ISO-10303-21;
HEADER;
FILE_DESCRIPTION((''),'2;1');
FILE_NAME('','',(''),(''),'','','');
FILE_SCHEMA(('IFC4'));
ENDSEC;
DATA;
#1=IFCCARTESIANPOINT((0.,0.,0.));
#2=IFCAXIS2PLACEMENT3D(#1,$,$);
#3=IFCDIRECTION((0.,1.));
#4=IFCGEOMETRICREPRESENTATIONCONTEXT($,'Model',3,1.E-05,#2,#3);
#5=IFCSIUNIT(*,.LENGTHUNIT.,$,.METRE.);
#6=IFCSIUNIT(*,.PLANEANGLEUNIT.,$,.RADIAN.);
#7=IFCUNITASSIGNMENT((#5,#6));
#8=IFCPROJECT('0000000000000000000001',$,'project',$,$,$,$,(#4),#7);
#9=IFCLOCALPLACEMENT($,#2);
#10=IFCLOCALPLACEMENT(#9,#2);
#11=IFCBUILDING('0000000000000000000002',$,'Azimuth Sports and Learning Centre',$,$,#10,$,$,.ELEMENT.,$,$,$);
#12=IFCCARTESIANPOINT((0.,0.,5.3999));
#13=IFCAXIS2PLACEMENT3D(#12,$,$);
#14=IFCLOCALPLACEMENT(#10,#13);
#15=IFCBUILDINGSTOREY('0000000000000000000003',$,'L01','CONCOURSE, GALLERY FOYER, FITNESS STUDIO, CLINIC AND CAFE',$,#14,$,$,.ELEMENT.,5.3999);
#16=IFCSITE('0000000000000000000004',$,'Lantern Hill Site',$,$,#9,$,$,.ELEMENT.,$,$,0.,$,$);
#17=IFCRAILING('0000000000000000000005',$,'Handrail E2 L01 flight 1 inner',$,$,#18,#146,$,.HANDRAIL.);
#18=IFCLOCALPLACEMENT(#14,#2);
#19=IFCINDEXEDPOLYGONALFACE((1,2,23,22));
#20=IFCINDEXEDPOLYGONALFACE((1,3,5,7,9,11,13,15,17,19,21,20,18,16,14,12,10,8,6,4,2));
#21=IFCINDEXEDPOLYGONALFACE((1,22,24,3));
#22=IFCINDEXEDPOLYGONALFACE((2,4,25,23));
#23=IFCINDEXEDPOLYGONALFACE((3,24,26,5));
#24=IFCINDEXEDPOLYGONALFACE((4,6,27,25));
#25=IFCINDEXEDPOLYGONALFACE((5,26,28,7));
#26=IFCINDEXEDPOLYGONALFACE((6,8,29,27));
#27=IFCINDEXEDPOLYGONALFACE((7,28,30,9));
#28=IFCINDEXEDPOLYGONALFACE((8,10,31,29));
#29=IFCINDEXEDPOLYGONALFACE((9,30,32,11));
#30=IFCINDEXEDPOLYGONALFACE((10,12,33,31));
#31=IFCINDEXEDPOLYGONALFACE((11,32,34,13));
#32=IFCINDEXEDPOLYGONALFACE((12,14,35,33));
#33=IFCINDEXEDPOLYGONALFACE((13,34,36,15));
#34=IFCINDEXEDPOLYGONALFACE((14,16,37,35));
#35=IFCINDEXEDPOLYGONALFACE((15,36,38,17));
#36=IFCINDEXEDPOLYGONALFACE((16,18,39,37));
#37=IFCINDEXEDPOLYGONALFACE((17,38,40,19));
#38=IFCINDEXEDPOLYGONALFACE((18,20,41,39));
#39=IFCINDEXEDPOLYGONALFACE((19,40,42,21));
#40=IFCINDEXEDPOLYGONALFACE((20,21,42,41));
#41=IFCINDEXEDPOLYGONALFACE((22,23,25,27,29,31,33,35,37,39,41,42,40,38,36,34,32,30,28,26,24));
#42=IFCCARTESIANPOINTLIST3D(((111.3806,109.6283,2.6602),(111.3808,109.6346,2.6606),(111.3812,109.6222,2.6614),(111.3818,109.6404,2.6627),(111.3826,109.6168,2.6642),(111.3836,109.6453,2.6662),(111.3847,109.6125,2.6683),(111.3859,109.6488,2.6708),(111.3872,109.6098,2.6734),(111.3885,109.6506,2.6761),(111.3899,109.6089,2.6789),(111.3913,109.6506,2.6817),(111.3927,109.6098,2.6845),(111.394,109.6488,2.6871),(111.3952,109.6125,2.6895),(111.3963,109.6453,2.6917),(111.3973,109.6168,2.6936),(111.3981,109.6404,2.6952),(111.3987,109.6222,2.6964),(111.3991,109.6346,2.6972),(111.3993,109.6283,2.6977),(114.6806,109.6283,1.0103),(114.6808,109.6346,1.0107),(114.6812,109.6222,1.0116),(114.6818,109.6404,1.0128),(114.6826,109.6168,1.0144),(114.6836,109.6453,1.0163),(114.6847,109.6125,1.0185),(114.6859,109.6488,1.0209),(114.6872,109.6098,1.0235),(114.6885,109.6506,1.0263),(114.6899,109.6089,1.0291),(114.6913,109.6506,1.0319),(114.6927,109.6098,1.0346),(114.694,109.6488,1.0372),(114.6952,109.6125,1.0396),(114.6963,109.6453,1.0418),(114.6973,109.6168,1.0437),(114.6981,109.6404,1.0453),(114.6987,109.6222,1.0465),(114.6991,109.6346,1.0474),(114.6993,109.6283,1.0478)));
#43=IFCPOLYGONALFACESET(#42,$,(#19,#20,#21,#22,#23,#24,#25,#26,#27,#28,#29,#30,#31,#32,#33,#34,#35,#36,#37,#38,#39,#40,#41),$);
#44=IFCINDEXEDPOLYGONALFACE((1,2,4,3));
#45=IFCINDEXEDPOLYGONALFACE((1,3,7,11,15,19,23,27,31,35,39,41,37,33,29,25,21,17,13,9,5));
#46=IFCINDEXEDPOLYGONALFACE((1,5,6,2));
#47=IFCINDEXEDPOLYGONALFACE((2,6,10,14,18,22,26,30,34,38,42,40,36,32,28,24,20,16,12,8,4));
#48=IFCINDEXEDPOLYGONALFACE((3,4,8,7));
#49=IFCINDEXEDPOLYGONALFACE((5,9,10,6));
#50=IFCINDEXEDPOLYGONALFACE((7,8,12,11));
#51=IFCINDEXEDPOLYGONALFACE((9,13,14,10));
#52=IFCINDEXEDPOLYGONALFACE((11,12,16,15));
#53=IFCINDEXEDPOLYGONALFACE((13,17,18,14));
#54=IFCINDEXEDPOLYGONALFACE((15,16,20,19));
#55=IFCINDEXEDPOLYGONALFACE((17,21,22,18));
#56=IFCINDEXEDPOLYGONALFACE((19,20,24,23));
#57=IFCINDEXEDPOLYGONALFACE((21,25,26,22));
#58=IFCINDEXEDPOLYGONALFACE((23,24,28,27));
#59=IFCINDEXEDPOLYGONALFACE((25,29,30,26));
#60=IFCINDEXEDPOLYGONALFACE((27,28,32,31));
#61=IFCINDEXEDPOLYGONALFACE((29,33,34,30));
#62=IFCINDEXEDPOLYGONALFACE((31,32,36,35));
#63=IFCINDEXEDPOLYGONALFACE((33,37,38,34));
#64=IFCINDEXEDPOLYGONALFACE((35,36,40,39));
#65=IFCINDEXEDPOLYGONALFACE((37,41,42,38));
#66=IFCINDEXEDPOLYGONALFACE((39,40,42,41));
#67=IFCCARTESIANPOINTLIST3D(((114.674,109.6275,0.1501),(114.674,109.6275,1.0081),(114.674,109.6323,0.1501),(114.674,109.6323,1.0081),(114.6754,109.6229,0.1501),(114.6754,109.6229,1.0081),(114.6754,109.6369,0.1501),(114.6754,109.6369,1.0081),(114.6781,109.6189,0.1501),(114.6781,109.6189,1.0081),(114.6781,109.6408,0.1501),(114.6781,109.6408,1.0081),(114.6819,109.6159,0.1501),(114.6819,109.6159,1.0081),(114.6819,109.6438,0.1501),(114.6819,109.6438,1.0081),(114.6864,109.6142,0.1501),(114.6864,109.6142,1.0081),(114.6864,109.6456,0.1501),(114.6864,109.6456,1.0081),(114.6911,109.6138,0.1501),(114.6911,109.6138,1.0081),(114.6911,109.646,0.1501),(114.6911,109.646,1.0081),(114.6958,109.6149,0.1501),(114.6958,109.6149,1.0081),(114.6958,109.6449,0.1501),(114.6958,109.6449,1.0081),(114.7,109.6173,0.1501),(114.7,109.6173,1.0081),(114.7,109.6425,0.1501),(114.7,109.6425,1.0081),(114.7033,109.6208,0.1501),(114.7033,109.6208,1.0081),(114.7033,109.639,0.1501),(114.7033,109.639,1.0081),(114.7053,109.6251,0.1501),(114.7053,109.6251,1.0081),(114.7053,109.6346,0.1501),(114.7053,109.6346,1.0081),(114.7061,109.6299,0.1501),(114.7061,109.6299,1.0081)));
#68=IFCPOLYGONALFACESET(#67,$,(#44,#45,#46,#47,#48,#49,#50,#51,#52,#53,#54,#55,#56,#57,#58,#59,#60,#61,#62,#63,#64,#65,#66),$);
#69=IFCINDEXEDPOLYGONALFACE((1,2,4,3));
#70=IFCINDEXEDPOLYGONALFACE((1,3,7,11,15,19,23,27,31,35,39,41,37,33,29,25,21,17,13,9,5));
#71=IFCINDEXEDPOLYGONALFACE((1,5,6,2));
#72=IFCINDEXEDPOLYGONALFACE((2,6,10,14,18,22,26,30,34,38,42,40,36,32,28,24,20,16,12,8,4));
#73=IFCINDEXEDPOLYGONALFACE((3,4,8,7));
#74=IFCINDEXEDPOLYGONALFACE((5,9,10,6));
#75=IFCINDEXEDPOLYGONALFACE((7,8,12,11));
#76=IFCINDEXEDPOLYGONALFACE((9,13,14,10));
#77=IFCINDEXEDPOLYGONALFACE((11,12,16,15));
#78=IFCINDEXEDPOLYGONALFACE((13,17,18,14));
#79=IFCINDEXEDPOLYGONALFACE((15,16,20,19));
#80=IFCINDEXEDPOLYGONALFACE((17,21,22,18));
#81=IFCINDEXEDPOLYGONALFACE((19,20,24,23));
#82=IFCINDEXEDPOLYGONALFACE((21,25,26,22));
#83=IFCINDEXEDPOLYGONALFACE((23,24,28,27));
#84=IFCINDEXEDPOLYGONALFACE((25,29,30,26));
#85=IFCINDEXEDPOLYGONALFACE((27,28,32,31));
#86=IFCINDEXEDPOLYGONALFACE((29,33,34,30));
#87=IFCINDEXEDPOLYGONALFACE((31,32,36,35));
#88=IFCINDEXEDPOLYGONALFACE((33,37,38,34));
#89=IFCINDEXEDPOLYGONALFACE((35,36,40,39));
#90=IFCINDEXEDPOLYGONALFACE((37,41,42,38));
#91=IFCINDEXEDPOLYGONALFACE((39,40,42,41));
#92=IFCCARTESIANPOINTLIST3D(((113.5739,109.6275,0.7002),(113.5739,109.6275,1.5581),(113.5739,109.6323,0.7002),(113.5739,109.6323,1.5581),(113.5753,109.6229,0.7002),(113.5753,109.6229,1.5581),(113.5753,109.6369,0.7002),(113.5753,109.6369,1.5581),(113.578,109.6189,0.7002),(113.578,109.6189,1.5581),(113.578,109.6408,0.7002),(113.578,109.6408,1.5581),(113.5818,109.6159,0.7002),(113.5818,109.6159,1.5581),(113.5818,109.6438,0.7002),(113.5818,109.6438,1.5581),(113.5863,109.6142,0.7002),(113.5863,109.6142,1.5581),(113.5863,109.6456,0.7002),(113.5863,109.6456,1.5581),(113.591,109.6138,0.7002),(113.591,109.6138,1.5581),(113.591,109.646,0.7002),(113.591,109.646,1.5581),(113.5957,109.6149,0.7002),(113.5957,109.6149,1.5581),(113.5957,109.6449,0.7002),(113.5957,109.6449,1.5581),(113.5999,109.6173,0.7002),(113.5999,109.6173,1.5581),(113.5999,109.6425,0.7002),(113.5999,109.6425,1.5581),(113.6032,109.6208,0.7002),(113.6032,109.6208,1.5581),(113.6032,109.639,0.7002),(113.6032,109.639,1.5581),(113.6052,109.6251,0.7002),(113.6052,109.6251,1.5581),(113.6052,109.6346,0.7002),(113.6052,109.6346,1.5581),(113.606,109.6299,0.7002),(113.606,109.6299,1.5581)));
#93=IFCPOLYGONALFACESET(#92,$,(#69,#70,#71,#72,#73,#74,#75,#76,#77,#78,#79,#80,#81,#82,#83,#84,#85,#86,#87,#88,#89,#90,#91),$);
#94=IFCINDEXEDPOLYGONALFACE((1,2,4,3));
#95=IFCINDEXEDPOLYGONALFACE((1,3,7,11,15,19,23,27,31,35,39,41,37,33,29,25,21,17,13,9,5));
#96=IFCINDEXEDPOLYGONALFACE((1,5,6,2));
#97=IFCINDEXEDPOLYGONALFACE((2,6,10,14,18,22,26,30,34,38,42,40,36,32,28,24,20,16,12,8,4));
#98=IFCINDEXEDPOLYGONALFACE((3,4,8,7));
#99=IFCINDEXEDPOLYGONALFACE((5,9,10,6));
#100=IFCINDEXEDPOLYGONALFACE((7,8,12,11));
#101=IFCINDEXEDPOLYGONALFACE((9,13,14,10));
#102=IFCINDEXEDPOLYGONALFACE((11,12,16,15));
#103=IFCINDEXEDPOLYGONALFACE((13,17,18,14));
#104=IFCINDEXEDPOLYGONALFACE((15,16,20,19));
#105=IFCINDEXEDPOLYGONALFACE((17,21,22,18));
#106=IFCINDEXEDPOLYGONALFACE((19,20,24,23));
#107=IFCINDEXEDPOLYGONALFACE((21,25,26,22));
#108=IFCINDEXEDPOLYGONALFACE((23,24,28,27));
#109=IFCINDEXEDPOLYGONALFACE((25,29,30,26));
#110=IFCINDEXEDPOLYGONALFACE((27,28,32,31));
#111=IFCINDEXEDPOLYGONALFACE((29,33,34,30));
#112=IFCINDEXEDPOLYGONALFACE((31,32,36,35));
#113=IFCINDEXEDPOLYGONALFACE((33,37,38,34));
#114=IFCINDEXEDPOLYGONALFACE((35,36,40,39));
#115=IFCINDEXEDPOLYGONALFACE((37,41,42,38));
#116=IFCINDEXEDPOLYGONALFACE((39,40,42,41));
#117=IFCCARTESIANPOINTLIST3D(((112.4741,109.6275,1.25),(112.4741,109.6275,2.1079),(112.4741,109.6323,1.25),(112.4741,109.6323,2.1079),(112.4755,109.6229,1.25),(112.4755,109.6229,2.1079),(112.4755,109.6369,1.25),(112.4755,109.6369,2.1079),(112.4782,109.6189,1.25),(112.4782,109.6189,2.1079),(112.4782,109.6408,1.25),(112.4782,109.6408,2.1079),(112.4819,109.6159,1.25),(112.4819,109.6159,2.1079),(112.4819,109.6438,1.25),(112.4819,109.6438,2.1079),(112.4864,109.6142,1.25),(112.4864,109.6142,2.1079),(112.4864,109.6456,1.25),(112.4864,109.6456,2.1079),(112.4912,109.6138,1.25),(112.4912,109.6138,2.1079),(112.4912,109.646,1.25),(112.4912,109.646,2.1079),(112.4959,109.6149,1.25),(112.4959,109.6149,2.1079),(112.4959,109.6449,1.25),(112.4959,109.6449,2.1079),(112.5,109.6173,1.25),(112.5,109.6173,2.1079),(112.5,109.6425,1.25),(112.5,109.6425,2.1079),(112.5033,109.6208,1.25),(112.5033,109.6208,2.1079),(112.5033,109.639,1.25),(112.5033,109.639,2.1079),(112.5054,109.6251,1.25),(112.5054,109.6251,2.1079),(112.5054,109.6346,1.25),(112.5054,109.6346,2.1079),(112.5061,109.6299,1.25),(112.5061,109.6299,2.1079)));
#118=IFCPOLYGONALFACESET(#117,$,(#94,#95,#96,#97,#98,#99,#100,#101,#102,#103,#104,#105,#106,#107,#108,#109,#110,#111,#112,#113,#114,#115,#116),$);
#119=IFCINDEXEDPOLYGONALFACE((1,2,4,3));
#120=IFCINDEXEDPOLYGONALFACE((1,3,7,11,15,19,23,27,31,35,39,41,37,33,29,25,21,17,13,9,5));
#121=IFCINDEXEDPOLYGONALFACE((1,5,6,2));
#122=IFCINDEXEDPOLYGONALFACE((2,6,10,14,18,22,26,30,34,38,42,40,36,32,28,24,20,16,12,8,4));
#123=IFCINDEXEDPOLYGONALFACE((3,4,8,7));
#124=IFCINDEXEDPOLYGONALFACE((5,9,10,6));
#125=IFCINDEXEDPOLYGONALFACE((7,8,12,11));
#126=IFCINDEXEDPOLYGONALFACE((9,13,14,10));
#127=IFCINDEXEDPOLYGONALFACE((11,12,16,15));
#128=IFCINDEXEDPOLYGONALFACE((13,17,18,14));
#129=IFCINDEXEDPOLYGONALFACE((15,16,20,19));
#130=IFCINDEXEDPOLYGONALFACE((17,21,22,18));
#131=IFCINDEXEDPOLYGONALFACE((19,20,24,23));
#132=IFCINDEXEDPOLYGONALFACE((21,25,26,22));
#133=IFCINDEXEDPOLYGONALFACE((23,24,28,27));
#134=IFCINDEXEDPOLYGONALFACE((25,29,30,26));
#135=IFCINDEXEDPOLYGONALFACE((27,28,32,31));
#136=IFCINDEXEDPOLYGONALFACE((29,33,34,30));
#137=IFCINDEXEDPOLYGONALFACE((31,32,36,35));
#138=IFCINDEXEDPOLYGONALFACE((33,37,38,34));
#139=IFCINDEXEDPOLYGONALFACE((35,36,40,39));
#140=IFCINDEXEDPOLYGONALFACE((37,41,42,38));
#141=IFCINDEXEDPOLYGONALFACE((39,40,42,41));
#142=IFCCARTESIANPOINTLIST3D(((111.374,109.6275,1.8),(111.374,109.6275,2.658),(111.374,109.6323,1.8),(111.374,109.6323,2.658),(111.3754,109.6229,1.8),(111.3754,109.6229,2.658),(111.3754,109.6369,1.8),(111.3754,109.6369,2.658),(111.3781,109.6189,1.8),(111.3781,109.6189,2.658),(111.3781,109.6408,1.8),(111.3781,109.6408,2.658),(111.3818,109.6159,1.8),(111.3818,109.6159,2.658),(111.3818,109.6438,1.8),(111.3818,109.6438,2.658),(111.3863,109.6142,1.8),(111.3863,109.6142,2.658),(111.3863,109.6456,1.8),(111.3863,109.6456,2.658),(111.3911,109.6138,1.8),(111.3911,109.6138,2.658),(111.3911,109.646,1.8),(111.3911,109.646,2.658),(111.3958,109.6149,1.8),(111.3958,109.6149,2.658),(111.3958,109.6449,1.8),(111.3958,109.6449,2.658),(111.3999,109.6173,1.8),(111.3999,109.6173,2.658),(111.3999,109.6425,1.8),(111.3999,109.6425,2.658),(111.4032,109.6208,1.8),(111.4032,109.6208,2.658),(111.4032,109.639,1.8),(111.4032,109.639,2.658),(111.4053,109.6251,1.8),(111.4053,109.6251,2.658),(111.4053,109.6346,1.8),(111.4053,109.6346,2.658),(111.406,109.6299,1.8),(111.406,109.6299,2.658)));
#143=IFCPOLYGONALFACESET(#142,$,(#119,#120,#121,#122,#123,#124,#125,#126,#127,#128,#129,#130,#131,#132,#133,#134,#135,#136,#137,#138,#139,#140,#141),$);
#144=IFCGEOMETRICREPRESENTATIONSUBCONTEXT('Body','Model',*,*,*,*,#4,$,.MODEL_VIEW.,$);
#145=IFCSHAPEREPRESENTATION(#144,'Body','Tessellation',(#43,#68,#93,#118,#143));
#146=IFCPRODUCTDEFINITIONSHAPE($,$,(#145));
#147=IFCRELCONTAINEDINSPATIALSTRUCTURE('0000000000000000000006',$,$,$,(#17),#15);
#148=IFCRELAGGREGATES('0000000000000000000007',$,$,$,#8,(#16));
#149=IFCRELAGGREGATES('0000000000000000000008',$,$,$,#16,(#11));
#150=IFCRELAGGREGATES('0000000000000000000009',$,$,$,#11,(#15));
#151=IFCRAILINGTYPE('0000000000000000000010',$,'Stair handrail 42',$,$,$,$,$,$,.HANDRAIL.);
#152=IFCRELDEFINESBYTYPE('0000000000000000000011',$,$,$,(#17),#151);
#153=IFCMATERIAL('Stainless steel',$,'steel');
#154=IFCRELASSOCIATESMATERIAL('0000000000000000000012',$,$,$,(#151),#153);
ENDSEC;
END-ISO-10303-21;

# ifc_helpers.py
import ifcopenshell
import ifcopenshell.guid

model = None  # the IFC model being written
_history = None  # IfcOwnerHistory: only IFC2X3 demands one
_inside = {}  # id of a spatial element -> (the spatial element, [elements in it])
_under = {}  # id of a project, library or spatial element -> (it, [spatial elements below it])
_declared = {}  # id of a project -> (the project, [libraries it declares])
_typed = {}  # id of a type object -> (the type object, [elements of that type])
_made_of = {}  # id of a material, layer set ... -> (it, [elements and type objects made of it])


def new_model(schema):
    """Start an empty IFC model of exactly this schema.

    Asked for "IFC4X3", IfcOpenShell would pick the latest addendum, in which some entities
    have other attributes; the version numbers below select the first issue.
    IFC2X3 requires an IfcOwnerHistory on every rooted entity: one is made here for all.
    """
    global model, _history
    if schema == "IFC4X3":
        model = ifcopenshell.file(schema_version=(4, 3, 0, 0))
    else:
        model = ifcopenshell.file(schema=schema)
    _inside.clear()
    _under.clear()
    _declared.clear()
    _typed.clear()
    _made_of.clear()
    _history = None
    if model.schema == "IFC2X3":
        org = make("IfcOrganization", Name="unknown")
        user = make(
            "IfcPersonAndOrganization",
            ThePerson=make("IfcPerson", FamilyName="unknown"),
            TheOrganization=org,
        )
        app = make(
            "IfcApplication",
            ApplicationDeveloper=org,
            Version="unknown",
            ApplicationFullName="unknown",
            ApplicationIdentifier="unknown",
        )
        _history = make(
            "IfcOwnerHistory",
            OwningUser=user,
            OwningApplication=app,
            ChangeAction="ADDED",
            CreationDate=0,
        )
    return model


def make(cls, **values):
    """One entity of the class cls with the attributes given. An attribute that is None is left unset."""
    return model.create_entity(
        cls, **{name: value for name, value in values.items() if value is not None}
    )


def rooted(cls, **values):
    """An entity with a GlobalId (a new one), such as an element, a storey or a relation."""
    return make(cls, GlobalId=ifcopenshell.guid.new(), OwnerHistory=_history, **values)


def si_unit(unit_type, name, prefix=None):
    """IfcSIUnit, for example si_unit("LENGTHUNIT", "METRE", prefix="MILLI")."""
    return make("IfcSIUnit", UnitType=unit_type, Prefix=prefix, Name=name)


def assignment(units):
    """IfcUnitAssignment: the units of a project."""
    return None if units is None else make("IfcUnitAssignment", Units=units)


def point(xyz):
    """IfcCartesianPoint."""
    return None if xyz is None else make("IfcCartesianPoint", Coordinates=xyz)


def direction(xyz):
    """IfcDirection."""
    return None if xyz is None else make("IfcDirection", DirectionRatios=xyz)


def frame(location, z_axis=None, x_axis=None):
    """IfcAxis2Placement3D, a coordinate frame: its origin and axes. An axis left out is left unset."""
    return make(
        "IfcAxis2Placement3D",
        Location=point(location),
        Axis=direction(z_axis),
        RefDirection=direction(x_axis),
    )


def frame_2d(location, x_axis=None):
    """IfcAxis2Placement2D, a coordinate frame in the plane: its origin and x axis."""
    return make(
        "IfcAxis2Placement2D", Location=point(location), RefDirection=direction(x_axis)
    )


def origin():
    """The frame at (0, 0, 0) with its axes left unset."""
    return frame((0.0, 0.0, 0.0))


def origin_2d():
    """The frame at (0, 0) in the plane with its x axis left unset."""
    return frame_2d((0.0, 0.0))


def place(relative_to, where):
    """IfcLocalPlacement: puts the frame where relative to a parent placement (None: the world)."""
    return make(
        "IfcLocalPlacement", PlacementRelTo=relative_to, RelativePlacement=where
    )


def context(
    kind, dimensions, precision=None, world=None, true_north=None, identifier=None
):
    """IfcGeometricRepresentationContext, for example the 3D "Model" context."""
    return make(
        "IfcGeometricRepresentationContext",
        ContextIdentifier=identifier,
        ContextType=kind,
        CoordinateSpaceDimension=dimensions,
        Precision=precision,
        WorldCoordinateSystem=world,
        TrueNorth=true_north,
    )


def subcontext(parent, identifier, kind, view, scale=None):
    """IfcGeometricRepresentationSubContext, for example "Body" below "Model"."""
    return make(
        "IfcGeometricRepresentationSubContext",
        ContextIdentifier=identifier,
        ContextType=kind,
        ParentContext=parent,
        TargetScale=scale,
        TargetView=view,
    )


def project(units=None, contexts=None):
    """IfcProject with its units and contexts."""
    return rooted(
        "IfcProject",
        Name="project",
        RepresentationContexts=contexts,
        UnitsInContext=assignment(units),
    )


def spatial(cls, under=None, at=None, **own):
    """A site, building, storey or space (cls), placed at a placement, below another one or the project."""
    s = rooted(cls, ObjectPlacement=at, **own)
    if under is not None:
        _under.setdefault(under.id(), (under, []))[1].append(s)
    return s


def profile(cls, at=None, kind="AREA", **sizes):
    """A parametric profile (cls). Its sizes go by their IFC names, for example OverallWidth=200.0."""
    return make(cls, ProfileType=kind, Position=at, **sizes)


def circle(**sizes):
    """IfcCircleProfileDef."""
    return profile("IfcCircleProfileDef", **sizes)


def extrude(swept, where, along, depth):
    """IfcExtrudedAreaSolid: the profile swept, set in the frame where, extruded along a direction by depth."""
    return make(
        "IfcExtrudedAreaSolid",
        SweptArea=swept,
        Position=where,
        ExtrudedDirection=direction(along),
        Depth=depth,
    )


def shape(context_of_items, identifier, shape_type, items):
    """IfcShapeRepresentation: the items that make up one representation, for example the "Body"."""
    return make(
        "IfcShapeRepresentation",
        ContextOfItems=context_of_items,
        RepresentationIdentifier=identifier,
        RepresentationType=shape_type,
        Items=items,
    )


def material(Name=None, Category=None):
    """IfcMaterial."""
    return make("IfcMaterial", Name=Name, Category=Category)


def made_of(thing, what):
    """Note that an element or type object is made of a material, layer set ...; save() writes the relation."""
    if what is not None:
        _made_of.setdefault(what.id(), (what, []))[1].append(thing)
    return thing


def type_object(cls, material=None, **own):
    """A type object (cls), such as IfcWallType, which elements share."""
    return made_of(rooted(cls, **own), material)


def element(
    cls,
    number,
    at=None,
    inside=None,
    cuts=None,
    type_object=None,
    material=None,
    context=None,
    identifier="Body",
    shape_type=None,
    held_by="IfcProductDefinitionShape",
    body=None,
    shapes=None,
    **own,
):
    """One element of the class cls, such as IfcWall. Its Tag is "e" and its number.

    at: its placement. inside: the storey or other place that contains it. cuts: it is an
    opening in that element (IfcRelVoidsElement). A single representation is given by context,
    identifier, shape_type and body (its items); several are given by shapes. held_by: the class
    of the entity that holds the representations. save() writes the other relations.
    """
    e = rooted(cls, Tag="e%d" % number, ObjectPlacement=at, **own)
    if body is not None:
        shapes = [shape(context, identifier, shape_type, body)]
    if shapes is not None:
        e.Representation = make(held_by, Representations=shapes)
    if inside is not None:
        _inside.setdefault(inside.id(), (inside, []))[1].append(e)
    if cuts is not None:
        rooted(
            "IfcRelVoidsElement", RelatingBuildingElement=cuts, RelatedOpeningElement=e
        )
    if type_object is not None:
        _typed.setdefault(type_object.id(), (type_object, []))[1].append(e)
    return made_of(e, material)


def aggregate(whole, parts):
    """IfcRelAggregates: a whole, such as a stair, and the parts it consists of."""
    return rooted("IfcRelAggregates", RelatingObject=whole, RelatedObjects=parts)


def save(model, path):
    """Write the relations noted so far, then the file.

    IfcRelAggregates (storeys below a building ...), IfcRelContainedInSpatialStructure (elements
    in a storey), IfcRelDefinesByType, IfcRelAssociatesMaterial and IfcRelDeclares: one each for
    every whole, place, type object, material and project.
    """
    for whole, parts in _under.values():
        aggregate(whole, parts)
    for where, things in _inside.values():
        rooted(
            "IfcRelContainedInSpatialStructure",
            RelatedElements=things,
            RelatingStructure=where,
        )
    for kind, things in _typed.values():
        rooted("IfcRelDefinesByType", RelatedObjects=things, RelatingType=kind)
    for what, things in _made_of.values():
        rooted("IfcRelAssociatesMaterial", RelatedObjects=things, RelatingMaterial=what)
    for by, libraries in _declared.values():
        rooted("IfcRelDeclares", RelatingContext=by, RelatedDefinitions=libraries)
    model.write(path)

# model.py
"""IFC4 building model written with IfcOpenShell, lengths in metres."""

from ifc_helpers import new_model, si_unit, direction, frame, origin, origin_2d, place, context, subcontext, project, spatial, circle, extrude, material, type_object, element, save


model = new_model("IFC4")

# Units and contexts
model_context = context("Model", 3, precision=1e-05, world=origin(), true_north=direction((0.0, 1.0)))
body_context = subcontext(model_context, "Body", "Model", "MODEL_VIEW")
ifc_project = project(units=[si_unit("LENGTHUNIT", "METRE"), si_unit("PLANEANGLEUNIT", "RADIAN")], contexts=[model_context])

# Site, building, storey
site_placement = place(None, origin())
site = spatial("IfcSite", under=ifc_project, at=site_placement, Name="Lantern Hill Site", CompositionType="ELEMENT", RefElevation=0.0)
building_placement = place(site_placement, origin())
building = spatial("IfcBuilding", under=site, at=building_placement, Name="Azimuth Sports and Learning Centre", CompositionType="ELEMENT")
storey_placement = place(building_placement, frame((0.0, 0.0, 5.3999)))
storey = spatial("IfcBuildingStorey", under=building, at=storey_placement, Name="L01", Description="CONCOURSE, GALLERY FOYER, FITNESS STUDIO, CLINIC AND CAFE", CompositionType="ELEMENT", Elevation=5.3999)

# Railing
ifc_material_1 = material(Name="Stainless steel", Category="steel")
railing_type_1 = type_object("IfcRailingType", Name="Stair handrail 42", PredefinedType="HANDRAIL", material=ifc_material_1)
railing_1_placement = place(storey_placement, frame((114.6899, 109.6299, 0.1501)))
element("IfcRailing", 1, at=railing_1_placement, inside=storey, type_object=railing_type_1, Name="Handrail E2 L01 flight 1 inner", PredefinedType="HANDRAIL", context=body_context, shape_type="SweptSolid", body=[
    extrude(circle(Radius=0.021, at=origin_2d()), frame((0.0, 0.0, 0.8789), z_axis=(-0.89444, 0.0, 0.447187), x_axis=(0.0, -1.0, 0.0)), (0.0, 0.0, 1.0), 3.6895),
    extrude(circle(Radius=0.0161, at=origin_2d()), origin(), (0.0, 0.0, 1.0), 0.8579),
    extrude(circle(Radius=0.0161, at=origin_2d()), frame((-1.1001, 0.0, 0.55)), (0.0, 0.0, 1.0), 0.8579),
    extrude(circle(Radius=0.0161, at=origin_2d()), frame((-2.2, 0.0, 1.0999)), (0.0, 0.0, 1.0), 0.8579),
    extrude(circle(Radius=0.0161, at=origin_2d()), frame((-3.3, 0.0, 1.6499)), (0.0, 0.0, 1.0), 0.8579),
])

save(model, "model.ifc")
